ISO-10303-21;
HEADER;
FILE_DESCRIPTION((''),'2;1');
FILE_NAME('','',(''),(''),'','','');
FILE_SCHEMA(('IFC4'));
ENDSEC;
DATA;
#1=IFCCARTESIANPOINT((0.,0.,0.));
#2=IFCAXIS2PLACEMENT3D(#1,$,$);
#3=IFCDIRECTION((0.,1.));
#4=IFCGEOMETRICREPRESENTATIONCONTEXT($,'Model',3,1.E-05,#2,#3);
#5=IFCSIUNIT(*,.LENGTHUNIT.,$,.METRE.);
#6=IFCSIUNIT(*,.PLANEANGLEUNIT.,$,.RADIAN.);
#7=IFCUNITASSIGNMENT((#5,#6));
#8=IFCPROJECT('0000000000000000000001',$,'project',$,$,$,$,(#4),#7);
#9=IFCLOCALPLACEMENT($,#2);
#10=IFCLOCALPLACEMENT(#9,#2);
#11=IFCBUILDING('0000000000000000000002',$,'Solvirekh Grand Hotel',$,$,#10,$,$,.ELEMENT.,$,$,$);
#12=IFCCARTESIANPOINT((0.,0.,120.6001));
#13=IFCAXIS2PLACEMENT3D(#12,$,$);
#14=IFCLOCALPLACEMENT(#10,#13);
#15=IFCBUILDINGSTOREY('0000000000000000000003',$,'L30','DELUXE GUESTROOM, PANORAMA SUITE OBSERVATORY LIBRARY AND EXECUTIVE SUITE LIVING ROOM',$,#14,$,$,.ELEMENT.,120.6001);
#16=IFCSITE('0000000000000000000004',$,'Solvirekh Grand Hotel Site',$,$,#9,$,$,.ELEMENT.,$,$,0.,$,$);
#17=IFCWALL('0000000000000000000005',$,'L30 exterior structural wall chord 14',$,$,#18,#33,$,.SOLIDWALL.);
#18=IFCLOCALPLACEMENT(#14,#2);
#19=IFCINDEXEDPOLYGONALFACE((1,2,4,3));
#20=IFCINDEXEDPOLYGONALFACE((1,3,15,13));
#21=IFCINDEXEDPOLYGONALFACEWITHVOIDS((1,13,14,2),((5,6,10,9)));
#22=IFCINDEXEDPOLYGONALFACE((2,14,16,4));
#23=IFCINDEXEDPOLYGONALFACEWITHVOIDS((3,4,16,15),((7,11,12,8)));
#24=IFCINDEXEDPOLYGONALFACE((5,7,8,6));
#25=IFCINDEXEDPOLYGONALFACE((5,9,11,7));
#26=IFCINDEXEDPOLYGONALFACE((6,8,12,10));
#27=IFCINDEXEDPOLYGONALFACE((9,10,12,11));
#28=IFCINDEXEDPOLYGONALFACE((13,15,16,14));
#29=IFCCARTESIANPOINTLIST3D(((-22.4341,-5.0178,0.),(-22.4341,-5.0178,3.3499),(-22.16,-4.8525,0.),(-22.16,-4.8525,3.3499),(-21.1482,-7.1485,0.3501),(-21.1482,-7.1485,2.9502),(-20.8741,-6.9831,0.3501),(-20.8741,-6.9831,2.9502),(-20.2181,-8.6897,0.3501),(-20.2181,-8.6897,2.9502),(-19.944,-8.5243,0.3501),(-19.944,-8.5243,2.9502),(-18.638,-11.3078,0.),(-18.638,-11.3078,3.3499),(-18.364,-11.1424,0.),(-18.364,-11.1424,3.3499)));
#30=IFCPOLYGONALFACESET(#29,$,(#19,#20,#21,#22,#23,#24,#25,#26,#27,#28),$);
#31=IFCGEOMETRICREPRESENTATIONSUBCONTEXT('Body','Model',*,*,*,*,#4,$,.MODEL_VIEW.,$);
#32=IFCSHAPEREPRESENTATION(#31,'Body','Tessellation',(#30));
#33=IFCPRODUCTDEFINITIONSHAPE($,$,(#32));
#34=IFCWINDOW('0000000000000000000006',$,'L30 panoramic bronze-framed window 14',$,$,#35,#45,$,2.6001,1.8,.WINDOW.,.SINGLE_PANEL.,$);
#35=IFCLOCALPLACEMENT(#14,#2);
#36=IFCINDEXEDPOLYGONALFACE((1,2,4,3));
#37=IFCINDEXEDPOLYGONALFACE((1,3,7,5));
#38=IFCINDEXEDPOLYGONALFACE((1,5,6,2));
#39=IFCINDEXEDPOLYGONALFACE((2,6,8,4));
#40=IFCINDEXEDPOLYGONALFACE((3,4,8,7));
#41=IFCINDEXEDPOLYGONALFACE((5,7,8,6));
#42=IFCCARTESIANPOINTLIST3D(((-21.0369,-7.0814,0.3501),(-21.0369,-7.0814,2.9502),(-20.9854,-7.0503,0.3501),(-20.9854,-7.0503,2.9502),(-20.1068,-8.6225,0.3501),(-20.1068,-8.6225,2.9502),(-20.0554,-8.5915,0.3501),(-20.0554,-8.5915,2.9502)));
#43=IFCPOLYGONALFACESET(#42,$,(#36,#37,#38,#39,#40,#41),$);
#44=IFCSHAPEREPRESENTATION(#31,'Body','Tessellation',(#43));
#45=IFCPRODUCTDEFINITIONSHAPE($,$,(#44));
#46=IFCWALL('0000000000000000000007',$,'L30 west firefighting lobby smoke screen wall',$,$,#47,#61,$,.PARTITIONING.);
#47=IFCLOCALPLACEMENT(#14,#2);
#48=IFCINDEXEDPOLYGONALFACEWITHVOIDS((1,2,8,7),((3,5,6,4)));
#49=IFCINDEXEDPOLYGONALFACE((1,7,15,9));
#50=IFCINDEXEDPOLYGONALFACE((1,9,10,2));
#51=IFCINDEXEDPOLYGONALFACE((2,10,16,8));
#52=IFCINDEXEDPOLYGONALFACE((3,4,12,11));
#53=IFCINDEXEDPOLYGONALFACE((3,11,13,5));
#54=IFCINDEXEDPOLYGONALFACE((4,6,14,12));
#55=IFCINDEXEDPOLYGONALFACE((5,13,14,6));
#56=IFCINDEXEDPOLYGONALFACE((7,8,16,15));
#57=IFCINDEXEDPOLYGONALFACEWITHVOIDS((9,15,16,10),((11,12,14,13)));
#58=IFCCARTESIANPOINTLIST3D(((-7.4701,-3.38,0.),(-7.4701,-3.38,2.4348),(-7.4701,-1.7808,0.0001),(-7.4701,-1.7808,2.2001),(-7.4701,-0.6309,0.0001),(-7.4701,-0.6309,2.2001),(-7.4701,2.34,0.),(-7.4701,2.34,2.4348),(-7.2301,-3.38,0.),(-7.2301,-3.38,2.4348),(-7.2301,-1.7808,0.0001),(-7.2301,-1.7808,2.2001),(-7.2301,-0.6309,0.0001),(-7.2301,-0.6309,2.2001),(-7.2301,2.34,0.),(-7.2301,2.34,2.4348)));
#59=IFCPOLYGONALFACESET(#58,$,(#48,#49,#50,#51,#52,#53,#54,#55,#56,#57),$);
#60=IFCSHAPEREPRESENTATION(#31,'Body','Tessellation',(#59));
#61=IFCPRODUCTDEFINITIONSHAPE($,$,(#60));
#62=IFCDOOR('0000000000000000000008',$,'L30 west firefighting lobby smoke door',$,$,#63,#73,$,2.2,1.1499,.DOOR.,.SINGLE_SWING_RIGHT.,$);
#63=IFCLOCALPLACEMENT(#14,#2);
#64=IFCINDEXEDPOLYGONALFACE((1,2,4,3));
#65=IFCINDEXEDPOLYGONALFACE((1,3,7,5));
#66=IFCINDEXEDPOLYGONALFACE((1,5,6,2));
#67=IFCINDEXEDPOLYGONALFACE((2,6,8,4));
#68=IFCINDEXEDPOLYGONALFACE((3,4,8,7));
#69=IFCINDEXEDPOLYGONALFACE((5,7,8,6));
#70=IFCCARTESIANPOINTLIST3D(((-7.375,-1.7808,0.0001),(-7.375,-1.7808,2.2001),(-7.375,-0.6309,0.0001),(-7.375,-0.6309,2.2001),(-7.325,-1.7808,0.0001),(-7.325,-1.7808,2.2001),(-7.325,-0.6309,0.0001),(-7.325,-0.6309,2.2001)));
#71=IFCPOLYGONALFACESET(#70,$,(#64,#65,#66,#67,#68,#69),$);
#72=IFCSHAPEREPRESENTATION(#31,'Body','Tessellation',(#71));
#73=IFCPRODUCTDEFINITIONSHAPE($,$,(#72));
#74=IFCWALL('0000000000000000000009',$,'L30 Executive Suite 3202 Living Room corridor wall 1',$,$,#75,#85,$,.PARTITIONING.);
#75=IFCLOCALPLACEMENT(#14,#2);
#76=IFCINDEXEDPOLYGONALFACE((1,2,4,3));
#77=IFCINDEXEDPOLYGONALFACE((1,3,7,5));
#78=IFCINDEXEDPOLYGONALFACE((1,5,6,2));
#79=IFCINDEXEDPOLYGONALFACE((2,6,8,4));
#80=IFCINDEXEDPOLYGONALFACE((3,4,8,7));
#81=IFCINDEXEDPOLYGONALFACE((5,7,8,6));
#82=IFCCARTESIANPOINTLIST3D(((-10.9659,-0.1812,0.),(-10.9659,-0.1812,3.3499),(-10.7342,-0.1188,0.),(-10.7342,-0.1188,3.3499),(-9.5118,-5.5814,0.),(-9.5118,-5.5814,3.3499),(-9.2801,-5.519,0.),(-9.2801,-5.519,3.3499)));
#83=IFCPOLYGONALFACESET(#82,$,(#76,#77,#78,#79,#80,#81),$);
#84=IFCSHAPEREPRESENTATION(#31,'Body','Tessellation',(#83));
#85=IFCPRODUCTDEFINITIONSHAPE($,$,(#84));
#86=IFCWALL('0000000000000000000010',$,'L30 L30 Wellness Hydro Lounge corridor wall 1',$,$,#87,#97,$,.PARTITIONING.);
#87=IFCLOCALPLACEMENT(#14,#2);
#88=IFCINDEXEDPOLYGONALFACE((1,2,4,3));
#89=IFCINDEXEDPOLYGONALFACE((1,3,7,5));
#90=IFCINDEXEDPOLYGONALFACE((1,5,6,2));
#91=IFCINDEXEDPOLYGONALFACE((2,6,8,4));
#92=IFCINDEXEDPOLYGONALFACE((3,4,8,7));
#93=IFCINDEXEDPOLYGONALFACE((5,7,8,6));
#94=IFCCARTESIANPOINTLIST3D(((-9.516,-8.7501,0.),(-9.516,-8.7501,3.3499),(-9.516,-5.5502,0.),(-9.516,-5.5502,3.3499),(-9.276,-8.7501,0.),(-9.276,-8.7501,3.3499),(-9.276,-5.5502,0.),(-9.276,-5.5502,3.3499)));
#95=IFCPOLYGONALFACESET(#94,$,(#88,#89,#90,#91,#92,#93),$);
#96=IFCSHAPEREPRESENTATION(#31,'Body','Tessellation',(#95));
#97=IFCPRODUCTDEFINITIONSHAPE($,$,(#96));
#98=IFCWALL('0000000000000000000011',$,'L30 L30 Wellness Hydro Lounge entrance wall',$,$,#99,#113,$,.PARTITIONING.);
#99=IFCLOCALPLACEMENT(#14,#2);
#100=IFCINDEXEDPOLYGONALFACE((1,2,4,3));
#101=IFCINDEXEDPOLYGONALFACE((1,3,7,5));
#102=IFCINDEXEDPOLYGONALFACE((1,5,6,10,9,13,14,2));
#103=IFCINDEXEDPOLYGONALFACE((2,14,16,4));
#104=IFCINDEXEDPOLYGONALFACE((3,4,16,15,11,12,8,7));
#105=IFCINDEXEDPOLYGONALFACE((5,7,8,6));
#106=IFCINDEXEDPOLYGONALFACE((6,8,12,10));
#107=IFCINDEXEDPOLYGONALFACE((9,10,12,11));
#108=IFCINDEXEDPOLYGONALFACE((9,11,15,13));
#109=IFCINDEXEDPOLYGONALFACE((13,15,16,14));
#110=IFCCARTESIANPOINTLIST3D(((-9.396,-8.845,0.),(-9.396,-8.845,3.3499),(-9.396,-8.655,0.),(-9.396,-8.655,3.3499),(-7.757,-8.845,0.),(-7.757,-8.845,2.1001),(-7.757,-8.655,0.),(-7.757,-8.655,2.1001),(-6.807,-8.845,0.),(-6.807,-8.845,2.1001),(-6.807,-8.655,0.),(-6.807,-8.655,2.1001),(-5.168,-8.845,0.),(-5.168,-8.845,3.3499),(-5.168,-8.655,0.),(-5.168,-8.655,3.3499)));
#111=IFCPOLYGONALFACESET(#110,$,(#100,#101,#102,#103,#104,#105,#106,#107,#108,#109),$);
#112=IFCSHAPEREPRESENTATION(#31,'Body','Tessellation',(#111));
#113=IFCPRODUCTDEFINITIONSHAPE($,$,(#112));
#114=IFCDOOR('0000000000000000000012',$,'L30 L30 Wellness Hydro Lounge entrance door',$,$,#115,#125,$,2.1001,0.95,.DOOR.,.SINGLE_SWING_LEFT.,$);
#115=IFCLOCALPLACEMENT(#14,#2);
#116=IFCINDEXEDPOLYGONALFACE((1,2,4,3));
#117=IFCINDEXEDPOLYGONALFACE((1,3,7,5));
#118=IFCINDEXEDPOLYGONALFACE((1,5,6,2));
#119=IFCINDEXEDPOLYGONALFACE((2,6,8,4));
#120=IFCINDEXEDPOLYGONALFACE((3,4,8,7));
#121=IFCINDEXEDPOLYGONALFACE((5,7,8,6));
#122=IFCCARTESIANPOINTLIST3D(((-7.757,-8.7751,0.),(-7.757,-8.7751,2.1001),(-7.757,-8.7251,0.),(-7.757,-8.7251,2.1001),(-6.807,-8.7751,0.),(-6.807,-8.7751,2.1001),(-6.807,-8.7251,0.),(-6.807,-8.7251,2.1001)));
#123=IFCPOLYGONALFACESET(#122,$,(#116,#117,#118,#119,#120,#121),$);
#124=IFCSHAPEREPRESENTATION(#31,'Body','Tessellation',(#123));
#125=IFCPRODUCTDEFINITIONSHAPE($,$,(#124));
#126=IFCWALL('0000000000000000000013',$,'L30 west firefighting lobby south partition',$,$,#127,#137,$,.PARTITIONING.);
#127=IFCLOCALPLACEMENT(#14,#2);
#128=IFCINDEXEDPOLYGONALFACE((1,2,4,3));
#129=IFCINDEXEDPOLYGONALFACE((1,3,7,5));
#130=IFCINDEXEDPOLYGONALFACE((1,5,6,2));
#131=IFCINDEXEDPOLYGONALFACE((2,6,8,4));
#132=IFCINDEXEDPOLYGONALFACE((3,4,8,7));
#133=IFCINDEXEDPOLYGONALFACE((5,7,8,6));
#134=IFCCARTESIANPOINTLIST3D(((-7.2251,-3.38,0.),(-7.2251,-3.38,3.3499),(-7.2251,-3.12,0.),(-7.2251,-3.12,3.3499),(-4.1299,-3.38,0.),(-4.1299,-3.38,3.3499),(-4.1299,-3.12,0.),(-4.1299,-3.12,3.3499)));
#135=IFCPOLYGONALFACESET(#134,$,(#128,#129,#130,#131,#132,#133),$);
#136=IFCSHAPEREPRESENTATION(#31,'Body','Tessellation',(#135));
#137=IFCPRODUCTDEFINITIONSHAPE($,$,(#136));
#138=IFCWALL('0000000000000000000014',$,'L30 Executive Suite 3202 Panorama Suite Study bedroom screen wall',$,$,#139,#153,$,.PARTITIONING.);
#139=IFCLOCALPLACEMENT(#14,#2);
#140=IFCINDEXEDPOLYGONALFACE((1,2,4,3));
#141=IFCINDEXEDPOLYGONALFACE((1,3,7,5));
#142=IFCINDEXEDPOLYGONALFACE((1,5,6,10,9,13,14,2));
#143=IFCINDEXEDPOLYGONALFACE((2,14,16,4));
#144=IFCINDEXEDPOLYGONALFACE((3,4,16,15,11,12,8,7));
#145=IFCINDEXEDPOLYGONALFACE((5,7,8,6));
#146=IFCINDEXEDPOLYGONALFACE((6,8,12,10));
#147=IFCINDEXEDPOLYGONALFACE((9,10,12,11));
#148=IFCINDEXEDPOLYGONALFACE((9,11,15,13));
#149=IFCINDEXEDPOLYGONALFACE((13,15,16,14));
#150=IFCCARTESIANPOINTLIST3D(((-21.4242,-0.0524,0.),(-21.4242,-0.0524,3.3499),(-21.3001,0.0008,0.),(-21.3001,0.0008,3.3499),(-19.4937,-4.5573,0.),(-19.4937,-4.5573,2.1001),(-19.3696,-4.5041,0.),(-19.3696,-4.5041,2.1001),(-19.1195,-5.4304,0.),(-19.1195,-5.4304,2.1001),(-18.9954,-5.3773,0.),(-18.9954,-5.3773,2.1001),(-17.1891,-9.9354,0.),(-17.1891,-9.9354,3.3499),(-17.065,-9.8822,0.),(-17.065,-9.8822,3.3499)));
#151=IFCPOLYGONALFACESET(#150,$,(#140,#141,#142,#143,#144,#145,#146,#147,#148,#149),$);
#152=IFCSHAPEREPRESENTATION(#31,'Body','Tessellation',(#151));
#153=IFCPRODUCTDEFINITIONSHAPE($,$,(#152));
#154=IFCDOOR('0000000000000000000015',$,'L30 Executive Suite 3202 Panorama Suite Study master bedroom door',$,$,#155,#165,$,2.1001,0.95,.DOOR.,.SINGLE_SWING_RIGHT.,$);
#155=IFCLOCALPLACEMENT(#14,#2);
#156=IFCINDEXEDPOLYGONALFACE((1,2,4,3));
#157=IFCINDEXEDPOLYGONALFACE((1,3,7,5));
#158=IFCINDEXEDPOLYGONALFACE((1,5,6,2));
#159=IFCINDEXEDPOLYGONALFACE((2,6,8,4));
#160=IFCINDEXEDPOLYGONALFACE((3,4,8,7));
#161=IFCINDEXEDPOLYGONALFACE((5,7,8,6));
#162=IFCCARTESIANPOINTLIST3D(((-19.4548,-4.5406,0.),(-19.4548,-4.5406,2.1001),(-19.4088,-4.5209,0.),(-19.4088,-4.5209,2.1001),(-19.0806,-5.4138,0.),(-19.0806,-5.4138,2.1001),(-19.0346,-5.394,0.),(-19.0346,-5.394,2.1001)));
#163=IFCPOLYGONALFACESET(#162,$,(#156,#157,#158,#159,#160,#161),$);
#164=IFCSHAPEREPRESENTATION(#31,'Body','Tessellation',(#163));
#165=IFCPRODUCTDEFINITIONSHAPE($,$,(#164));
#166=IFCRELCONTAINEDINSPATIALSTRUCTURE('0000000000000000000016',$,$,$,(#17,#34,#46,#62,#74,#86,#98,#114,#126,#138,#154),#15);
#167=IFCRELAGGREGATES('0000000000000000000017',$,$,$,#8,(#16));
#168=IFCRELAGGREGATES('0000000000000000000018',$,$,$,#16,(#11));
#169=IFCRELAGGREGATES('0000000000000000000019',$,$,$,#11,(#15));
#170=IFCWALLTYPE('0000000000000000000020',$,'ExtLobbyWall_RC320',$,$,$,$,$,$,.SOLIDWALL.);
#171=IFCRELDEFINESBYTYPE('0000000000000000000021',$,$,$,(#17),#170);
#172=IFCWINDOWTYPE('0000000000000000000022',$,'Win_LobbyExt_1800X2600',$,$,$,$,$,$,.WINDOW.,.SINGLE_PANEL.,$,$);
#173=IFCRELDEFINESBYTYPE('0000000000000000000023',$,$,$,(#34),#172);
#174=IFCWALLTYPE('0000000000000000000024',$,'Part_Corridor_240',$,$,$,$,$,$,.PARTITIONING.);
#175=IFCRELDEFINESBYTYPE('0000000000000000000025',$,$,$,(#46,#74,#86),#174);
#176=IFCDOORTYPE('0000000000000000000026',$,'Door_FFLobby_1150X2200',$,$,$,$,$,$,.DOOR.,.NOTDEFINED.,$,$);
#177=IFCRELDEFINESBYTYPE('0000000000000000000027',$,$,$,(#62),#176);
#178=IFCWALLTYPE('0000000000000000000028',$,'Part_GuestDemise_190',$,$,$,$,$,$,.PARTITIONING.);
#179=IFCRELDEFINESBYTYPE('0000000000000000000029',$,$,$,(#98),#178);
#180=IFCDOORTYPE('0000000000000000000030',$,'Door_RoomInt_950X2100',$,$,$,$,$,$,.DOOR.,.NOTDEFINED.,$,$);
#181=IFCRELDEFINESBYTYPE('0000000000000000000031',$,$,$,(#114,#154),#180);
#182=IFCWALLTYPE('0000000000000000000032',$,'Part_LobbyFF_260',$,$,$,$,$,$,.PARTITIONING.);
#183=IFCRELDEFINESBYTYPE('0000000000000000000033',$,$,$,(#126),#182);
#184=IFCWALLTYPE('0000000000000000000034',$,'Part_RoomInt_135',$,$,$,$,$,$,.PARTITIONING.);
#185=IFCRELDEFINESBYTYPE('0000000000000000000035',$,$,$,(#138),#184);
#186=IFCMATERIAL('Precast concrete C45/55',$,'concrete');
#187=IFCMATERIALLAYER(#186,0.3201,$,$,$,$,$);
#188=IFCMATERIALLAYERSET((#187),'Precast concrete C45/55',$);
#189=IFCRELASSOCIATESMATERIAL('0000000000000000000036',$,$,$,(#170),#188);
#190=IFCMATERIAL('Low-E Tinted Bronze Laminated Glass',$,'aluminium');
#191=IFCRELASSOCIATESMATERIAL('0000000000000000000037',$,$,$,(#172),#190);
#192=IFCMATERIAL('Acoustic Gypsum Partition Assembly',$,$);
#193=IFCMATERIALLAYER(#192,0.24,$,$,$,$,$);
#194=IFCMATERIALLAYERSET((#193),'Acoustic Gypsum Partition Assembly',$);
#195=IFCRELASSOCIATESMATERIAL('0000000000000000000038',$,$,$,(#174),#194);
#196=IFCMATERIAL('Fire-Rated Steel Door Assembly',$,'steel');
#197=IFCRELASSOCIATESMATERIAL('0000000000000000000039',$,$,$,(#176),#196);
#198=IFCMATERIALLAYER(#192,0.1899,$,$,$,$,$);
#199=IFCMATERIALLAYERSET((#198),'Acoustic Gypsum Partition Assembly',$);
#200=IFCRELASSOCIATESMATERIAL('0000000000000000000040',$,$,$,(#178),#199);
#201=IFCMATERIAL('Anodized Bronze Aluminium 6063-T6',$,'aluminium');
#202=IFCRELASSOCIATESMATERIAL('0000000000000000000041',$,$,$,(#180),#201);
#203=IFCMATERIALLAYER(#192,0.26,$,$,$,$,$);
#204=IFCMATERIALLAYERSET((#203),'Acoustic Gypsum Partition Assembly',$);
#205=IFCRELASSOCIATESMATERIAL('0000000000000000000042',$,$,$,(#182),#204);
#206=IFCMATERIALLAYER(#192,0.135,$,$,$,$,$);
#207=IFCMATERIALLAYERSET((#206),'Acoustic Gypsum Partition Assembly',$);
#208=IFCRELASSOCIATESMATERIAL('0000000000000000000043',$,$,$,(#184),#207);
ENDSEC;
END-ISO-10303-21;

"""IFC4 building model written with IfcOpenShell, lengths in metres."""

from ifc_helpers import new_model, si_unit, direction, frame, frame_2d, origin, place, context, subcontext, project, spatial, rectangle, extrude, material, layer, layer_set, type_object, element, fill, save


model = new_model("IFC4")

# Units and contexts
model_context = context("Model", 3, precision=1e-05, world=origin(), true_north=direction((0.0, 1.0)))
body_context = subcontext(model_context, "Body", "Model", "MODEL_VIEW")
ifc_project = project(units=[si_unit("LENGTHUNIT", "METRE"), si_unit("PLANEANGLEUNIT", "RADIAN")], contexts=[model_context])

# Site, building, storey
site_placement = place(None, origin())
site = spatial("IfcSite", under=ifc_project, at=site_placement, Name="Solvirekh Grand Hotel Site", CompositionType="ELEMENT", RefElevation=0.0)
building_placement = place(site_placement, origin())
building = spatial("IfcBuilding", under=site, at=building_placement, Name="Solvirekh Grand Hotel", CompositionType="ELEMENT")
storey_placement = place(building_placement, frame((0.0, 0.0, 120.6001)))
storey = spatial("IfcBuildingStorey", under=building, at=storey_placement, Name="L30", Description="DELUXE GUESTROOM, PANORAMA SUITE OBSERVATORY LIBRARY AND EXECUTIVE SUITE LIVING ROOM", CompositionType="ELEMENT", Elevation=120.6001)

# Shared definitions
ifc_material_1 = material(Name="Anodized Bronze Aluminium 6063-T6", Category="aluminium")

# Shared definitions
ifc_material_2 = material(Name="Low-E Tinted Bronze Laminated Glass", Category="aluminium")

# Wall, opening, window
ifc_material_3 = material(Name="Precast concrete C45/55", Category="concrete")
ifc_layer_1 = layer(ifc_material_3, 0.3201)
ifc_layer_set_1 = layer_set([ifc_layer_1], Name="Precast concrete C45/55")
wall_type_1 = type_object("IfcWallType", Name="ExtLobbyWall_RC320", PredefinedType="SOLIDWALL", material=ifc_layer_set_1)
wall_1_placement = place(storey_placement, frame((-18.501, -11.2251, 0.0), z_axis=(0.0, 0.0, 1.0), x_axis=(-0.516708, 0.856162, 0.0)))
wall_1 = element("IfcWall", 1, at=wall_1_placement, inside=storey, type_object=wall_type_1, Name="L30 exterior structural wall chord 14", PredefinedType="SOLIDWALL", context=body_context, shape_type="SweptSolid", body=[
    extrude(rectangle(XDim=7.3467, YDim=0.3201, at=frame_2d((3.6733, 0.0))), origin(), (0.0, 0.0, 1.0), 3.3499),
])
opening_1_placement = place(wall_1_placement, frame((3.0581, 0.0, 0.3501)))
opening_1 = element("IfcOpeningElement", 2, at=opening_1_placement, cuts=wall_1, PredefinedType="OPENING", context=body_context, shape_type="SweptSolid", body=[
    extrude(rectangle(XDim=1.8, YDim=2.6001, at=frame_2d((0.8999, 1.3))), frame((0.0, 0.1699, 0.0), z_axis=(0.0, -1.0, 0.0), x_axis=(1.0, 0.0, 0.0)), (0.0, 0.0, 1.0), 0.3401),
])
window_type = type_object("IfcWindowType", Name="Win_LobbyExt_1800X2600", PartitioningType="SINGLE_PANEL", PredefinedType="WINDOW", material=ifc_material_2)
window_placement = place(opening_1_placement, origin())
window = element("IfcWindow", 3, at=window_placement, inside=storey, type_object=window_type, Name="L30 panoramic bronze-framed window 14", OverallHeight=2.6001, OverallWidth=1.8, PartitioningType="SINGLE_PANEL", PredefinedType="WINDOW", context=body_context, shape_type="SweptSolid", body=[
    extrude(rectangle(XDim=1.8, YDim=2.6001, at=frame_2d((0.8999, 1.3))), frame((0.0, 0.03, 0.0), z_axis=(0.0, -1.0, 0.0), x_axis=(1.0, 0.0, 0.0)), (0.0, 0.0, 1.0), 0.0601),
])
fill(opening_1, window)

# Wall, opening, door
ifc_material_4 = material(Name="Acoustic Gypsum Partition Assembly")
ifc_layer_2 = layer(ifc_material_4, 0.24)
ifc_layer_set_2 = layer_set([ifc_layer_2], Name="Acoustic Gypsum Partition Assembly")
wall_type_2 = type_object("IfcWallType", Name="Part_Corridor_240", PredefinedType="PARTITIONING", material=ifc_layer_set_2)
wall_2_placement = place(storey_placement, frame((-7.3501, -3.3799, 0.0), z_axis=(0.0, 0.0, 1.0), x_axis=(0.0, 1.0, 0.0)))
wall_2 = element("IfcWall", 4, at=wall_2_placement, inside=storey, type_object=wall_type_2, Name="L30 west firefighting lobby smoke screen wall", PredefinedType="PARTITIONING", context=body_context, shape_type="SweptSolid", body=[
    extrude(rectangle(XDim=5.72, YDim=0.24, at=frame_2d((2.8599, 0.0))), origin(), (0.0, 0.0, 1.0), 2.4348),
])
opening_2_placement = place(wall_2_placement, frame((1.5991, 0.0, 0.0)))
opening_2 = element("IfcOpeningElement", 5, at=opening_2_placement, cuts=wall_2, PredefinedType="OPENING", context=body_context, shape_type="SweptSolid", body=[
    extrude(rectangle(XDim=1.1499, YDim=2.2, at=frame_2d((0.575, 1.1001))), frame((0.0, 0.1299, 0.0), z_axis=(0.0, -1.0, 0.0), x_axis=(1.0, 0.0, 0.0)), (0.0, 0.0, 1.0), 0.26),
])
ifc_material_5 = material(Name="Fire-Rated Steel Door Assembly", Category="steel")
door_type_1 = type_object("IfcDoorType", Name="Door_FFLobby_1150X2200", OperationType="NOTDEFINED", PredefinedType="DOOR", material=ifc_material_5)
door_1_placement = place(opening_2_placement, origin())
door_1 = element("IfcDoor", 6, at=door_1_placement, inside=storey, type_object=door_type_1, Name="L30 west firefighting lobby smoke door", OperationType="SINGLE_SWING_RIGHT", OverallHeight=2.2, OverallWidth=1.1499, PredefinedType="DOOR", context=body_context, shape_type="SweptSolid", body=[
    extrude(rectangle(XDim=1.1499, YDim=2.2, at=frame_2d((0.575, 1.1001))), frame((0.0, 0.0249, 0.0), z_axis=(0.0, -1.0, 0.0), x_axis=(1.0, 0.0, 0.0)), (0.0, 0.0, 1.0), 0.05),
])
fill(opening_2, door_1)

# Walls
wall_3_placement = place(storey_placement, frame((-10.8501, -0.1499, 0.0), z_axis=(0.0, 0.0, 1.0), x_axis=(0.260009, -0.965606, 0.0)))
element("IfcWall", 7, at=wall_3_placement, inside=storey, type_object=wall_type_2, Name="L30 Executive Suite 3202 Living Room corridor wall 1", PredefinedType="PARTITIONING", context=body_context, shape_type="SweptSolid", body=[
    extrude(rectangle(XDim=5.5925, YDim=0.24, at=frame_2d((2.7964, 0.0))), origin(), (0.0, 0.0, 1.0), 3.3499),
])
wall_4_placement = place(storey_placement, frame((-9.396, -5.55, 0.0), z_axis=(0.0, 0.0, 1.0), x_axis=(0.0, -1.0, 0.0)))
element("IfcWall", 8, at=wall_4_placement, inside=storey, type_object=wall_type_2, Name="L30 L30 Wellness Hydro Lounge corridor wall 1", PredefinedType="PARTITIONING", context=body_context, shape_type="SweptSolid", body=[
    extrude(rectangle(XDim=3.2, YDim=0.24, at=frame_2d((1.6001, 0.0))), origin(), (0.0, 0.0, 1.0), 3.3499),
])

# Wall, opening, door
ifc_layer_3 = layer(ifc_material_4, 0.1899)
ifc_layer_set_3 = layer_set([ifc_layer_3], Name="Acoustic Gypsum Partition Assembly")
wall_type_3 = type_object("IfcWallType", Name="Part_GuestDemise_190", PredefinedType="PARTITIONING", material=ifc_layer_set_3)
wall_5_placement = place(storey_placement, frame((-9.396, -8.75, 0.0), z_axis=(0.0, 0.0, 1.0), x_axis=(1.0, 0.0, 0.0)))
wall_5 = element("IfcWall", 9, at=wall_5_placement, inside=storey, type_object=wall_type_3, Name="L30 L30 Wellness Hydro Lounge entrance wall", PredefinedType="PARTITIONING", context=body_context, shape_type="SweptSolid", body=[
    extrude(rectangle(XDim=4.228, YDim=0.1899, at=frame_2d((2.114, 0.0))), origin(), (0.0, 0.0, 1.0), 3.3499),
])
opening_3_placement = place(wall_5_placement, frame((1.6389, 0.0, 0.0)))
opening_3 = element("IfcOpeningElement", 10, at=opening_3_placement, cuts=wall_5, PredefinedType="OPENING", context=body_context, shape_type="SweptSolid", body=[
    extrude(rectangle(XDim=0.95, YDim=2.1001, at=frame_2d((0.4751, 1.05))), frame((0.0, 0.105, 0.0), z_axis=(0.0, -1.0, 0.0), x_axis=(1.0, 0.0, 0.0)), (0.0, 0.0, 1.0), 0.21),
])
door_type_2 = type_object("IfcDoorType", Name="Door_RoomInt_950X2100", OperationType="NOTDEFINED", PredefinedType="DOOR", material=ifc_material_1)
door_2_placement = place(opening_3_placement, origin())
door_2 = element("IfcDoor", 11, at=door_2_placement, inside=storey, type_object=door_type_2, Name="L30 L30 Wellness Hydro Lounge entrance door", OperationType="SINGLE_SWING_LEFT", OverallHeight=2.1001, OverallWidth=0.95, PredefinedType="DOOR", context=body_context, shape_type="SweptSolid", body=[
    extrude(rectangle(XDim=0.95, YDim=2.1001, at=frame_2d((0.4751, 1.05))), frame((0.0, 0.0249, 0.0), z_axis=(0.0, -1.0, 0.0), x_axis=(1.0, 0.0, 0.0)), (0.0, 0.0, 1.0), 0.05),
])
fill(opening_3, door_2)

# Wall
ifc_layer_4 = layer(ifc_material_4, 0.26)
ifc_layer_set_4 = layer_set([ifc_layer_4], Name="Acoustic Gypsum Partition Assembly")
wall_type_4 = type_object("IfcWallType", Name="Part_LobbyFF_260", PredefinedType="PARTITIONING", material=ifc_layer_set_4)
wall_6_placement = place(storey_placement, frame((-7.2251, -3.25, 0.0), z_axis=(0.0, 0.0, 1.0), x_axis=(1.0, 0.0, 0.0)))
element("IfcWall", 12, at=wall_6_placement, inside=storey, type_object=wall_type_4, Name="L30 west firefighting lobby south partition", PredefinedType="PARTITIONING", context=body_context, shape_type="SweptSolid", body=[
    extrude(rectangle(XDim=3.0952, YDim=0.26, at=frame_2d((1.5476, 0.0))), origin(), (0.0, 0.0, 1.0), 3.3499),
])

# Wall, opening, door
ifc_layer_5 = layer(ifc_material_4, 0.135)
ifc_layer_set_5 = layer_set([ifc_layer_5], Name="Acoustic Gypsum Partition Assembly")
wall_type_5 = type_object("IfcWallType", Name="Part_RoomInt_135", PredefinedType="PARTITIONING", material=ifc_layer_set_5)
wall_7_placement = place(storey_placement, frame((-21.3621, -0.0259, 0.0), z_axis=(0.0, 0.0, 1.0), x_axis=(0.393881, -0.919161, 0.0)))
wall_7 = element("IfcWall", 13, at=wall_7_placement, inside=storey, type_object=wall_type_5, Name="L30 Executive Suite 3202 Panorama Suite Study bedroom screen wall", PredefinedType="PARTITIONING", context=body_context, shape_type="SweptSolid", body=[
    extrude(rectangle(XDim=10.7522, YDim=0.135, at=frame_2d((5.376, 0.0))), origin(), (0.0, 0.0, 1.0), 3.3499),
])
opening_4_placement = place(wall_7_placement, frame((4.9009, 0.0, 0.0)))
opening_4 = element("IfcOpeningElement", 14, at=opening_4_placement, cuts=wall_7, PredefinedType="OPENING", context=body_context, shape_type="SweptSolid", body=[
    extrude(rectangle(XDim=0.95, YDim=2.1001, at=frame_2d((0.4751, 1.05))), frame((0.0, 0.0776, 0.0), z_axis=(0.0, -1.0, 0.0), x_axis=(1.0, 0.0, 0.0)), (0.0, 0.0, 1.0), 0.155),
])
door_3_placement = place(opening_4_placement, origin())
door_3 = element("IfcDoor", 15, at=door_3_placement, inside=storey, type_object=door_type_2, Name="L30 Executive Suite 3202 Panorama Suite Study master bedroom door", OperationType="SINGLE_SWING_RIGHT", OverallHeight=2.1001, OverallWidth=0.95, PredefinedType="DOOR", context=body_context, shape_type="SweptSolid", body=[
    extrude(rectangle(XDim=0.95, YDim=2.1001, at=frame_2d((0.4751, 1.05))), frame((0.0, 0.0249, 0.0), z_axis=(0.0, -1.0, 0.0), x_axis=(1.0, 0.0, 0.0)), (0.0, 0.0, 1.0), 0.05),
])
fill(opening_4, door_3)

save(model, "model.ifc")
